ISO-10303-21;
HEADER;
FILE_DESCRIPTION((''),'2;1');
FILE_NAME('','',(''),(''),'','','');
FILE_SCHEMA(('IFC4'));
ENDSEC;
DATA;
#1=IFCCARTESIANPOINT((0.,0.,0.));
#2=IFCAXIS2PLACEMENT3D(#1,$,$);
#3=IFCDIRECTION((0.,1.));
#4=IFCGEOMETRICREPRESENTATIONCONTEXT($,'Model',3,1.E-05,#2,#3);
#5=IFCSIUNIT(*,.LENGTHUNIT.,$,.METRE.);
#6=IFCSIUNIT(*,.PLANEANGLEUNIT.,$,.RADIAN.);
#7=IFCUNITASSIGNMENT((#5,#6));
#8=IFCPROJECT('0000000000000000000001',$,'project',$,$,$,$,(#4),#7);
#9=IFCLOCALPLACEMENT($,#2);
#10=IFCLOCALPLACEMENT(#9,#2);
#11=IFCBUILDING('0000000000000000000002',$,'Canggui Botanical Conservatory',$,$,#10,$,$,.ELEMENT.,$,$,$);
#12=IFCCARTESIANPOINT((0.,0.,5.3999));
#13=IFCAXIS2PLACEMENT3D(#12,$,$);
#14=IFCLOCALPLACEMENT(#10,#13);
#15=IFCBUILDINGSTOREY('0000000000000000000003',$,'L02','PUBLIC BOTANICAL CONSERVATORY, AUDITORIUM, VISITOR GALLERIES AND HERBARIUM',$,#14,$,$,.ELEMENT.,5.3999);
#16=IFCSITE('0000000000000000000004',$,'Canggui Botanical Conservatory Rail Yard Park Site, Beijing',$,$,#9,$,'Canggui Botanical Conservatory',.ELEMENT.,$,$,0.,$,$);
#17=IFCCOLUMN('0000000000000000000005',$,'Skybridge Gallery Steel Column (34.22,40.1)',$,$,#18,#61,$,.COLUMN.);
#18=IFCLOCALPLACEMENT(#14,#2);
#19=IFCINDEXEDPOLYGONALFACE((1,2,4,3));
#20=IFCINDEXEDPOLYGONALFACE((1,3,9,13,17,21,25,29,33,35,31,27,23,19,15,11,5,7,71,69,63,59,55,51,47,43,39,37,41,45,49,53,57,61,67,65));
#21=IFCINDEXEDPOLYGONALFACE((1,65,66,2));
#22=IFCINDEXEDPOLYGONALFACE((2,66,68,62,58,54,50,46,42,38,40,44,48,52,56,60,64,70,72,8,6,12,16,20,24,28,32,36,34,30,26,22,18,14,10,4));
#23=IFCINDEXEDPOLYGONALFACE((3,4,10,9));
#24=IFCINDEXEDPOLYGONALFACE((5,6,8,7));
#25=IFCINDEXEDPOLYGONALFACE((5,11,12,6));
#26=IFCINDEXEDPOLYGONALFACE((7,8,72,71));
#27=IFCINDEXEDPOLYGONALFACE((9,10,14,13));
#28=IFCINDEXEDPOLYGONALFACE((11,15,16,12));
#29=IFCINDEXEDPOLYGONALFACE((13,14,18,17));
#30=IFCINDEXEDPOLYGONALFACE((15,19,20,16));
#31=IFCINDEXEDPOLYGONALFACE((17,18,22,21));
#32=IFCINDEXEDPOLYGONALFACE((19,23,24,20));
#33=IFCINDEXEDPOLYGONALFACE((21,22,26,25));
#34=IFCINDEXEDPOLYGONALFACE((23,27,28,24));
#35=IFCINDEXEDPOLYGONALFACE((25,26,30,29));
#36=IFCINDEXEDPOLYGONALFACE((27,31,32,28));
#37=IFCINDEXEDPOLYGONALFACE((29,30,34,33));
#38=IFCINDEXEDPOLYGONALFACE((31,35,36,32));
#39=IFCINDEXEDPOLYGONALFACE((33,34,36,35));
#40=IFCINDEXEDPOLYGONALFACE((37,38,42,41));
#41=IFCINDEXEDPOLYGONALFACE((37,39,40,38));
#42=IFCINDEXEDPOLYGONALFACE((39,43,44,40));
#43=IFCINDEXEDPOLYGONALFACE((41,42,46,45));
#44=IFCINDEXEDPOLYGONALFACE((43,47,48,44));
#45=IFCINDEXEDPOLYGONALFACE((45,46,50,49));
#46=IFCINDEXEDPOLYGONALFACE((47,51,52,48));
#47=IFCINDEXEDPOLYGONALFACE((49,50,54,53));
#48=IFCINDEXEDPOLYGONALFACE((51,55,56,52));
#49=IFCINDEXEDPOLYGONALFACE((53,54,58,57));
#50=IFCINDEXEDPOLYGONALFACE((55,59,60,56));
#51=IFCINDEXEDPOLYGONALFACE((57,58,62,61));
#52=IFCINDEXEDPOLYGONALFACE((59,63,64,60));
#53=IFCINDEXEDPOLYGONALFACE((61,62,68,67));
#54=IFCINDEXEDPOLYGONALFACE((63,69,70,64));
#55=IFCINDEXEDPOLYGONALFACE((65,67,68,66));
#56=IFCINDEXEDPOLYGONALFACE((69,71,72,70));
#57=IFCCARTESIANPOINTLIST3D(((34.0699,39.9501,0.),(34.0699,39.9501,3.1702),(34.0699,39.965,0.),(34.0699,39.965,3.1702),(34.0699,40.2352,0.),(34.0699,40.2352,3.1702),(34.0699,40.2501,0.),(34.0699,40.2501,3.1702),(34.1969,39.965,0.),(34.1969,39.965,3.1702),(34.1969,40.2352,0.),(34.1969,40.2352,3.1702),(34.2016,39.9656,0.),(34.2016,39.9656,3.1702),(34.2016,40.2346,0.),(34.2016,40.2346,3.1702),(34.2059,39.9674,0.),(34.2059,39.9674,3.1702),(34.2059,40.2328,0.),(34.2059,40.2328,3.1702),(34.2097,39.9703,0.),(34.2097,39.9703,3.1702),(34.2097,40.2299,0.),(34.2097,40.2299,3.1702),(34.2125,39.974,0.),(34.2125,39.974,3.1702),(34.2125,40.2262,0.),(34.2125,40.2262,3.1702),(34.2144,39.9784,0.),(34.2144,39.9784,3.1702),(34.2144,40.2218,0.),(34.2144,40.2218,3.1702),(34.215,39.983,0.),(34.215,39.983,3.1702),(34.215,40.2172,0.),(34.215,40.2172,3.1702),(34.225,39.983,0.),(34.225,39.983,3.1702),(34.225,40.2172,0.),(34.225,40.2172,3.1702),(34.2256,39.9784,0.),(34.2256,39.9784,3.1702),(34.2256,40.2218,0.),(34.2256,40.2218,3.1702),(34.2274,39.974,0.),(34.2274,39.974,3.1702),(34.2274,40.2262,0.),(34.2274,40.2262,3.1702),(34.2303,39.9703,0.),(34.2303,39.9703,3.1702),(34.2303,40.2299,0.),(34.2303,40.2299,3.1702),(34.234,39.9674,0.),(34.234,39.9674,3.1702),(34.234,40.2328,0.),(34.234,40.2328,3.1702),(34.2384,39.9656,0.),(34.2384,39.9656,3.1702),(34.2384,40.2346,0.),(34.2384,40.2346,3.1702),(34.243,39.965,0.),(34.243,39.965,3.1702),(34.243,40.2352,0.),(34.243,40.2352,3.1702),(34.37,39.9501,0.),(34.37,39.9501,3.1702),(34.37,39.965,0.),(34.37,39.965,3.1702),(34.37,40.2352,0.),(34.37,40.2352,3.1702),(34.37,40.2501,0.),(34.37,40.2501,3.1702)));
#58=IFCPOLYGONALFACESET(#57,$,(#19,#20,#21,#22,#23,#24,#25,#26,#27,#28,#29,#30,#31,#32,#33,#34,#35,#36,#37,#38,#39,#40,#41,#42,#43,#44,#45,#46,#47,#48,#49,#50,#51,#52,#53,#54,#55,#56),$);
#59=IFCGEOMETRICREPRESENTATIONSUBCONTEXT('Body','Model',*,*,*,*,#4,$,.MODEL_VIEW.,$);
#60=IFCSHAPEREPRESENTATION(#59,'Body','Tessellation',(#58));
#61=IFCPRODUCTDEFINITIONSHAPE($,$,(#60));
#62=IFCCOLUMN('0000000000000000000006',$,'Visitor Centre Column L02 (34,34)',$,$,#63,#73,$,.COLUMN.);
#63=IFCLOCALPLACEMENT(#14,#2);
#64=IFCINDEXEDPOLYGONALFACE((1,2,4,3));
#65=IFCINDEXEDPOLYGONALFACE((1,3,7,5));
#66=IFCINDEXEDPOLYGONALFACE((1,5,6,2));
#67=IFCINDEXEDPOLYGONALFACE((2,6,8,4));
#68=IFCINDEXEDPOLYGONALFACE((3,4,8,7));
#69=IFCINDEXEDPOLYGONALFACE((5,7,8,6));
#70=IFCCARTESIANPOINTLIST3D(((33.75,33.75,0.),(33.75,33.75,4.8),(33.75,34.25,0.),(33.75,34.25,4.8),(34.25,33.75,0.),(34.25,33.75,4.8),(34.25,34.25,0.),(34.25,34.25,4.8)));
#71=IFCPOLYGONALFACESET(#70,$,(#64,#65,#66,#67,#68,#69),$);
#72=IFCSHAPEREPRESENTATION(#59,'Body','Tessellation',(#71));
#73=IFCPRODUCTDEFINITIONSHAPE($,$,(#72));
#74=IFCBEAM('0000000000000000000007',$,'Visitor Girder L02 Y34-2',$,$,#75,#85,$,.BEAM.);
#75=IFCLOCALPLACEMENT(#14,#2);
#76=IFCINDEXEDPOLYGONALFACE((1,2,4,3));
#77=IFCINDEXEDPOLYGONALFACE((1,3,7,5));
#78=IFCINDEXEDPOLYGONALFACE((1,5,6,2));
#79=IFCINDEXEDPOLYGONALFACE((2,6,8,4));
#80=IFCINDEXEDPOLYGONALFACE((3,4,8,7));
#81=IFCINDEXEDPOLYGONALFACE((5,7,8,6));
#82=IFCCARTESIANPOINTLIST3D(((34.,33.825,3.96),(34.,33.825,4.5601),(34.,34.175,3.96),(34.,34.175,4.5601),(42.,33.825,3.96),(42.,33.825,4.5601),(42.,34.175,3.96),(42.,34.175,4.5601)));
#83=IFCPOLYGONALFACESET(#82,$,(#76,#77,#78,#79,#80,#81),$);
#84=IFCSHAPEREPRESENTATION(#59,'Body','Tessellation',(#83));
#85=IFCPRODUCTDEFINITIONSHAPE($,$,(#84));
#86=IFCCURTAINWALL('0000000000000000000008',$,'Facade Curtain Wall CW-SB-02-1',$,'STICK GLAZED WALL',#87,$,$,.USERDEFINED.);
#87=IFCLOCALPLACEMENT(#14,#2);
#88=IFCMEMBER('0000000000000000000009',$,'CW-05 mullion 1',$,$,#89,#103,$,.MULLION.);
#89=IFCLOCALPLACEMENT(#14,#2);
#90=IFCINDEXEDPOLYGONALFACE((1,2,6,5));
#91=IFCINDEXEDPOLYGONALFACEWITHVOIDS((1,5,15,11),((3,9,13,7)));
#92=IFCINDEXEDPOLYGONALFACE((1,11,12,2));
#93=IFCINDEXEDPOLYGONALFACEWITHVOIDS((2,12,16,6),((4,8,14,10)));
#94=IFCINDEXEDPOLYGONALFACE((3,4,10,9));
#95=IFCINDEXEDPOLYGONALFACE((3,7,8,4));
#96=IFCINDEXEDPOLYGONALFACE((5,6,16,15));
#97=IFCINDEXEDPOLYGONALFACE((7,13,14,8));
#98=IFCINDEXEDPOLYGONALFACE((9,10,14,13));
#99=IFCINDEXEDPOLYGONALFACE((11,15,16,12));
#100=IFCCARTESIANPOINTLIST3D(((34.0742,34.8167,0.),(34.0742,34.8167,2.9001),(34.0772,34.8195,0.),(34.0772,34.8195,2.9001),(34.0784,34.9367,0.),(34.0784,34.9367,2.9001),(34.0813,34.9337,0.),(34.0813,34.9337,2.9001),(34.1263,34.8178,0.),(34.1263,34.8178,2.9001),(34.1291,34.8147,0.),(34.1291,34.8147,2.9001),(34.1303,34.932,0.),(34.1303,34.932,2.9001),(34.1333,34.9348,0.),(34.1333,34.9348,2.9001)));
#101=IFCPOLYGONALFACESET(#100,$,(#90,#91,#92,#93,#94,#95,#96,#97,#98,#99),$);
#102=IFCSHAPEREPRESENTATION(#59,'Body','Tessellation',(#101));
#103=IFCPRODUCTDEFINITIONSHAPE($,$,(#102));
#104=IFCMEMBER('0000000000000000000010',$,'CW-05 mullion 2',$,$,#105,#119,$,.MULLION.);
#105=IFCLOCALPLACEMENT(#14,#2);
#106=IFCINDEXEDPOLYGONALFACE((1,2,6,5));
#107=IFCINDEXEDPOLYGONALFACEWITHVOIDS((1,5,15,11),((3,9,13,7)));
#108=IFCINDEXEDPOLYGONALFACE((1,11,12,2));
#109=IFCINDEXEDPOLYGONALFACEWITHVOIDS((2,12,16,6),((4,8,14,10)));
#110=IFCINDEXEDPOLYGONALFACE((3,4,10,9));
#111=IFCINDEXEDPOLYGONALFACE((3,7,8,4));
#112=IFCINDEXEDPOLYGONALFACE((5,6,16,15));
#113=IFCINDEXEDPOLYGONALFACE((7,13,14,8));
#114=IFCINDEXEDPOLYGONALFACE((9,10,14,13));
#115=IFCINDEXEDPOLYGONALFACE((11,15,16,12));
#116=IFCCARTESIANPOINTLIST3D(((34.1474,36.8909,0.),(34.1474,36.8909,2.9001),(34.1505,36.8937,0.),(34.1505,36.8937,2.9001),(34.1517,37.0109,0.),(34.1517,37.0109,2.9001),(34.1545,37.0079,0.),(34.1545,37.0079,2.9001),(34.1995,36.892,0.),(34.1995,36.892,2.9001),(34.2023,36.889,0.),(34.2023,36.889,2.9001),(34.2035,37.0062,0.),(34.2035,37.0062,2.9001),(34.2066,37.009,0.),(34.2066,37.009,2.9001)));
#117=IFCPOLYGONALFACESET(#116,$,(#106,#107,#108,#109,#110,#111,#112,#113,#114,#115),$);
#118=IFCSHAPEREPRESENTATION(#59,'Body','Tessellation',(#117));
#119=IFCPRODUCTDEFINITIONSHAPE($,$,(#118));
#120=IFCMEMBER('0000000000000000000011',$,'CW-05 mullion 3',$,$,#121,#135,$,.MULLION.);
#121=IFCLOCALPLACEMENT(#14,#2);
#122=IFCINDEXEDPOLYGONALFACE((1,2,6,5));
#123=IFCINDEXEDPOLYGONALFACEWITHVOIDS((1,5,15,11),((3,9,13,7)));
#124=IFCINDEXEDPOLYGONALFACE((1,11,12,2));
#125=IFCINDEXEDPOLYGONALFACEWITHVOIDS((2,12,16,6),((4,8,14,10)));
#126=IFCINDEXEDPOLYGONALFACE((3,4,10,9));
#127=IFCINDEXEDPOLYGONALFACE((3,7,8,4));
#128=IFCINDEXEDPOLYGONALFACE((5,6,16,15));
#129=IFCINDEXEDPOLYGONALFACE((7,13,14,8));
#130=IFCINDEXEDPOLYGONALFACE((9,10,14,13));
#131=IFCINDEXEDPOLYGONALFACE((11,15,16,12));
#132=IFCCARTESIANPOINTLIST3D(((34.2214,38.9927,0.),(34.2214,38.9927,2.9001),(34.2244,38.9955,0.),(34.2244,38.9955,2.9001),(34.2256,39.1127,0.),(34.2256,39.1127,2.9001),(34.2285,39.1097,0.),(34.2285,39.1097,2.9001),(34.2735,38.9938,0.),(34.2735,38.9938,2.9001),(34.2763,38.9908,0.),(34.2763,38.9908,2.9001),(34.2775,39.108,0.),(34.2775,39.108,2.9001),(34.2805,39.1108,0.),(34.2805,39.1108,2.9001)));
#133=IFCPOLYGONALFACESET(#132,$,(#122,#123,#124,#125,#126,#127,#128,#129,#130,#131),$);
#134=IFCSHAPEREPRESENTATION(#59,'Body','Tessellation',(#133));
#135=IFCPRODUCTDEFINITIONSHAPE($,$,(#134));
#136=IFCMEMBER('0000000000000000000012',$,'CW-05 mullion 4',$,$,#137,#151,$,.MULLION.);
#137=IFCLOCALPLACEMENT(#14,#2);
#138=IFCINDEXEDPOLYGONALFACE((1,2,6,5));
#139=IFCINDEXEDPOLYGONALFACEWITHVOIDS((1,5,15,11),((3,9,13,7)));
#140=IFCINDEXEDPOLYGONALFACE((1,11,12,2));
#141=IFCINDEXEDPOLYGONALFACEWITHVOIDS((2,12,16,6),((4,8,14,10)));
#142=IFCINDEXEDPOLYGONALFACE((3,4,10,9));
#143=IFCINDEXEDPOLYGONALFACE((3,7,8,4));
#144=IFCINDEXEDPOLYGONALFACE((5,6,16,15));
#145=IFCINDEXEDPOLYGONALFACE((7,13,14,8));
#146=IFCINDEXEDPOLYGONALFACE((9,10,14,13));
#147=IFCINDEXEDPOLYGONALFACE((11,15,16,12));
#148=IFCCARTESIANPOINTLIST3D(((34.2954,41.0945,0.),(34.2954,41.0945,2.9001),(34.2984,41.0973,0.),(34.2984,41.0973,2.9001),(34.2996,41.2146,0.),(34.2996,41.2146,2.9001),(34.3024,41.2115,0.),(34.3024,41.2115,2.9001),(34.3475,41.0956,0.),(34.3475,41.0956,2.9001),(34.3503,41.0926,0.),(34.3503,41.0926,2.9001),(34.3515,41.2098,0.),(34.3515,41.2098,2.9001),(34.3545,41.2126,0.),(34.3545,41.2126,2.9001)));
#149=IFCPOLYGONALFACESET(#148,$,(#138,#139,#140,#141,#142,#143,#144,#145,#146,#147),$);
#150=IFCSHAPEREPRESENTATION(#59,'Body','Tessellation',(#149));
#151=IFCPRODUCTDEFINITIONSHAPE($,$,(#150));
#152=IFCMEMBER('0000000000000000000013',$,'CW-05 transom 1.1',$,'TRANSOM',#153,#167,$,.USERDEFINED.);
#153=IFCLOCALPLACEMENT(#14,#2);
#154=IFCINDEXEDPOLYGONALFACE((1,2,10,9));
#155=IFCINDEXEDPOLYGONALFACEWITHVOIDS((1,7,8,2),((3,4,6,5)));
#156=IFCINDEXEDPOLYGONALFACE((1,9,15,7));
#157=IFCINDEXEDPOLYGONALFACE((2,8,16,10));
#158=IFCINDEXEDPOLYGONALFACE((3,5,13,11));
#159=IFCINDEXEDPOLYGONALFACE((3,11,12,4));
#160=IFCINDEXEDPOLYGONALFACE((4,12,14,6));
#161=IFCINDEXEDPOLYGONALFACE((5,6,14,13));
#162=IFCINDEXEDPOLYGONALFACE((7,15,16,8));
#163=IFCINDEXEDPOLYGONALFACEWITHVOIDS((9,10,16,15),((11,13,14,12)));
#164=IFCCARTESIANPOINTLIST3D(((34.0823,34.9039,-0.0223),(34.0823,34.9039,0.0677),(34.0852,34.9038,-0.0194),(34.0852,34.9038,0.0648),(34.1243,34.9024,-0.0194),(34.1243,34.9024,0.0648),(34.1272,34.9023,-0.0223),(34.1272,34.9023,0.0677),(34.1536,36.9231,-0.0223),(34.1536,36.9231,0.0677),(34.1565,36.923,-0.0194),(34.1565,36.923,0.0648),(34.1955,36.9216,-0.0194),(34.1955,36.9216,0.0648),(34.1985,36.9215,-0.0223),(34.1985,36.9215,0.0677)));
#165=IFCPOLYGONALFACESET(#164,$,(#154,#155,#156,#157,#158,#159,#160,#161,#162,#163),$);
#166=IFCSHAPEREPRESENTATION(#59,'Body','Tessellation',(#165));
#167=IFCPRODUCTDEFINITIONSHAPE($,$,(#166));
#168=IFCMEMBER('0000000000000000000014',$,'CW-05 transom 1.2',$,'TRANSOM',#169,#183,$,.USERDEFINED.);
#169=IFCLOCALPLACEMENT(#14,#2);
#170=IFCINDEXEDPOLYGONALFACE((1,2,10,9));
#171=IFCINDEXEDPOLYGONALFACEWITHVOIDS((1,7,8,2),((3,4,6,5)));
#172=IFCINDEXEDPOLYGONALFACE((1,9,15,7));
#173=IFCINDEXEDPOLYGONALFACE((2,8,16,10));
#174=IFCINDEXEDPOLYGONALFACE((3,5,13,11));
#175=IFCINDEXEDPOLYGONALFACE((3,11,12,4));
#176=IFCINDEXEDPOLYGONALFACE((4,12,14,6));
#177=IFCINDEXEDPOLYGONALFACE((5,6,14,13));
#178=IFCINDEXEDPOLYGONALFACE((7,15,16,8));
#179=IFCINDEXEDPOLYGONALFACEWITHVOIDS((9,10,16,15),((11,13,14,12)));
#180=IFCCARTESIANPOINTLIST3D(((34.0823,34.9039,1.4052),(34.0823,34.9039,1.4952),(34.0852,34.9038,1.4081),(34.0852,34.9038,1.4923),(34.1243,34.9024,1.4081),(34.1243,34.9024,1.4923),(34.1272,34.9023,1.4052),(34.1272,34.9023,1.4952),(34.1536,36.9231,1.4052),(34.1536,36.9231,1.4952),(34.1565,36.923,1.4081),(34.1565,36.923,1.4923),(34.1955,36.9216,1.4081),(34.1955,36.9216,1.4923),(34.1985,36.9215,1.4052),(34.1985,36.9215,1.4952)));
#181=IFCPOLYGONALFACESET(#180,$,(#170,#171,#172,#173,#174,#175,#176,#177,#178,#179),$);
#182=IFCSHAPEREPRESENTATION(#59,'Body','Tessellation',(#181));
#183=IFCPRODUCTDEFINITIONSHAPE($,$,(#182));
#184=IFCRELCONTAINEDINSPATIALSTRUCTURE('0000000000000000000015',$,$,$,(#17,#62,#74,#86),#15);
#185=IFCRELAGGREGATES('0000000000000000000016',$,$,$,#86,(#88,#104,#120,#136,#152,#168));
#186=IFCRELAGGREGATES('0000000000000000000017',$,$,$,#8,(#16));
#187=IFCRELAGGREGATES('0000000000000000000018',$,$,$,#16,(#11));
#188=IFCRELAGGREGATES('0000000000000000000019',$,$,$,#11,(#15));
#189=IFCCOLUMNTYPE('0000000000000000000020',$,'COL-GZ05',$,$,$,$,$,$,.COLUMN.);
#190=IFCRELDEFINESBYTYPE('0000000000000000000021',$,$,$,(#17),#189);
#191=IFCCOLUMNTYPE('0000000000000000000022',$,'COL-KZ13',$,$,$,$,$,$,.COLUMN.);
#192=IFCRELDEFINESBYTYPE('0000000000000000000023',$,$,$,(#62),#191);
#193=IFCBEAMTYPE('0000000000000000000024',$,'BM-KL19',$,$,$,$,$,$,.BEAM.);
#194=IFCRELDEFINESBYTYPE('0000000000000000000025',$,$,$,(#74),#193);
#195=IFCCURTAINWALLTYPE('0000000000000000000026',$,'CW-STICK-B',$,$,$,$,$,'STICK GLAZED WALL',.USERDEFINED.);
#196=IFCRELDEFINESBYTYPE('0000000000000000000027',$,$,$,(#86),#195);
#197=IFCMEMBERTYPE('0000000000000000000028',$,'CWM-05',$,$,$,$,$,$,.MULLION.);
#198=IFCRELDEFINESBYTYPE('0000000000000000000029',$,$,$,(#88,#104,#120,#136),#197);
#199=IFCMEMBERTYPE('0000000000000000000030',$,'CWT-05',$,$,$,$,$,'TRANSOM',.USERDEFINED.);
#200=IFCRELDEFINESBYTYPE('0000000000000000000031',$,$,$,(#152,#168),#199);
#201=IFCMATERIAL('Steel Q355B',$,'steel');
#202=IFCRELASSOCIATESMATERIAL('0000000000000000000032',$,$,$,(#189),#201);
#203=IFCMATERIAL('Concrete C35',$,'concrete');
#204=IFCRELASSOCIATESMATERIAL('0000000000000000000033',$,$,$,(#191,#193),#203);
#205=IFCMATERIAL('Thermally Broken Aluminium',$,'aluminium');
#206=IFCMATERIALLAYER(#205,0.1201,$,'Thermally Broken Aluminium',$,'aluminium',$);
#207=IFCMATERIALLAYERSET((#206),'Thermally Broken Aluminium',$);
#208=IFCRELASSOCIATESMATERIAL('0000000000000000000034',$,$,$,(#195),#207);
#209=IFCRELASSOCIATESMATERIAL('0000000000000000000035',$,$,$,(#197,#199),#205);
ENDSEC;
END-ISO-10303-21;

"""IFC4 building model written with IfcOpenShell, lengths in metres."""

from ifc_helpers import new_model, si_unit, direction, frame, origin, origin_2d, place, context, subcontext, project, spatial, rectangle, hollow_rectangle, i_section, extrude, material, layer, layer_set, material_profile, profile_set, type_object, element, aggregate, save


model = new_model("IFC4")

# Units and contexts
model_context = context("Model", 3, precision=1e-05, world=origin(), true_north=direction((0.0, 1.0)))
body_context = subcontext(model_context, "Body", "Model", "MODEL_VIEW")
ifc_project = project(units=[si_unit("LENGTHUNIT", "METRE"), si_unit("PLANEANGLEUNIT", "RADIAN")], contexts=[model_context])

# Site, building, storey
site_placement = place(None, origin())
site = spatial("IfcSite", under=ifc_project, at=site_placement, Name="Canggui Botanical Conservatory Rail Yard Park Site, Beijing", LongName="Canggui Botanical Conservatory", CompositionType="ELEMENT", RefElevation=0.0)
building_placement = place(site_placement, origin())
building = spatial("IfcBuilding", under=site, at=building_placement, Name="Canggui Botanical Conservatory", CompositionType="ELEMENT")
storey_placement = place(building_placement, frame((0.0, 0.0, 5.3999)))
storey = spatial("IfcBuildingStorey", under=building, at=storey_placement, Name="L02", Description="PUBLIC BOTANICAL CONSERVATORY, AUDITORIUM, VISITOR GALLERIES AND HERBARIUM", CompositionType="ELEMENT", Elevation=5.3999)

# Columns
ifc_material_1 = material(Name="Steel Q355B", Category="steel")
ifc_material_profile_1 = material_profile(ifc_material_1, i_section(OverallWidth=0.3, OverallDepth=0.3, WebThickness=0.01, FlangeThickness=0.0149, FilletRadius=0.0181, at=origin_2d()), Name="HW 300x300x10x15")
ifc_profile_set_1 = profile_set([ifc_material_profile_1], Name="Steel Q355B")
column_type_1 = type_object("IfcColumnType", Name="COL-GZ05", PredefinedType="COLUMN", material=ifc_profile_set_1)
column_1_placement = place(storey_placement, frame((34.22, 40.1001, 0.0), z_axis=(0.0, 0.0, 1.0), x_axis=(1.0, 0.0, 0.0)))
element("IfcColumn", 1, at=column_1_placement, inside=storey, type_object=column_type_1, Name="Skybridge Gallery Steel Column (34.22,40.1)", PredefinedType="COLUMN", context=body_context, shape_type="SweptSolid", body=[
    extrude(i_section(OverallWidth=0.3, OverallDepth=0.3, WebThickness=0.01, FlangeThickness=0.0149, FilletRadius=0.0181, at=origin_2d()), origin(), (0.0, 0.0, 1.0), 3.1702),
])
ifc_material_2 = material(Name="Concrete C35", Category="concrete")
ifc_material_profile_2 = material_profile(ifc_material_2, rectangle(XDim=0.5, YDim=0.5, at=origin_2d()), Name="RC 500x500")
ifc_profile_set_2 = profile_set([ifc_material_profile_2], Name="Concrete C35")
column_type_2 = type_object("IfcColumnType", Name="COL-KZ13", PredefinedType="COLUMN", material=ifc_profile_set_2)
column_2_placement = place(storey_placement, frame((34.0, 34.0, 0.0), z_axis=(0.0, 0.0, 1.0), x_axis=(1.0, 0.0, 0.0)))
element("IfcColumn", 2, at=column_2_placement, inside=storey, type_object=column_type_2, Name="Visitor Centre Column L02 (34,34)", PredefinedType="COLUMN", context=body_context, shape_type="SweptSolid", body=[
    extrude(rectangle(XDim=0.5, YDim=0.5, at=origin_2d()), origin(), (0.0, 0.0, 1.0), 4.8),
])

# Beam
ifc_material_profile_3 = material_profile(ifc_material_2, rectangle(XDim=0.3501, YDim=0.6001, at=origin_2d()), Name="RB 350x600")
ifc_profile_set_3 = profile_set([ifc_material_profile_3], Name="Concrete C35")
beam_type = type_object("IfcBeamType", Name="BM-KL19", PredefinedType="BEAM", material=ifc_profile_set_3)
beam_placement = place(storey_placement, frame((34.0, 34.0, 4.26), z_axis=(1.0, 0.0, 0.0), x_axis=(0.0, 1.0, 0.0)))
element("IfcBeam", 3, at=beam_placement, inside=storey, type_object=beam_type, Name="Visitor Girder L02 Y34-2", PredefinedType="BEAM", context=body_context, shape_type="SweptSolid", body=[
    extrude(rectangle(XDim=0.3501, YDim=0.6001, at=origin_2d()), origin(), (0.0, 0.0, 1.0), 8.0),
])

# Curtain wall, members
ifc_material_3 = material(Name="Thermally Broken Aluminium", Category="aluminium")
ifc_layer_1 = layer(ifc_material_3, 0.1201, Name="Thermally Broken Aluminium", Category="aluminium")
ifc_layer_set_1 = layer_set([ifc_layer_1], Name="Thermally Broken Aluminium")
curtain_wall_type = type_object("IfcCurtainWallType", Name="CW-STICK-B", ElementType="STICK GLAZED WALL", PredefinedType="USERDEFINED", material=ifc_layer_set_1)
curtain_wall_placement = place(storey_placement, origin())
curtain_wall = element("IfcCurtainWall", 4, at=curtain_wall_placement, inside=storey, type_object=curtain_wall_type, Name="Facade Curtain Wall CW-SB-02-1", ObjectType="STICK GLAZED WALL", PredefinedType="USERDEFINED")
ifc_material_profile_4 = material_profile(ifc_material_3, hollow_rectangle(XDim=0.0549, YDim=0.1201, WallThickness=0.0029, at=origin_2d()), Name="CWM 55x120x3")
ifc_profile_set_4 = profile_set([ifc_material_profile_4], Name="Thermally Broken Aluminium")
member_type_1 = type_object("IfcMemberType", Name="CWM-05", PredefinedType="MULLION", material=ifc_profile_set_4)
member_1_placement = place(storey_placement, frame((34.1038, 34.8757, 0.0), z_axis=(0.0, 0.0, 1.0), x_axis=(-0.99938, 0.035206, 0.0)))
member_1 = element("IfcMember", 5, at=member_1_placement, type_object=member_type_1, Name="CW-05 mullion 1", PredefinedType="MULLION", context=body_context, shape_type="SweptSolid", body=[
    extrude(hollow_rectangle(XDim=0.0549, YDim=0.1201, WallThickness=0.0029, at=origin_2d()), origin(), (0.0, 0.0, 1.0), 2.9001),
])
member_2_placement = place(storey_placement, frame((34.177, 36.95, 0.0), z_axis=(0.0, 0.0, 1.0), x_axis=(-0.99938, 0.035206, 0.0)))
member_2 = element("IfcMember", 6, at=member_2_placement, type_object=member_type_1, Name="CW-05 mullion 2", PredefinedType="MULLION", context=body_context, shape_type="SweptSolid", body=[
    extrude(hollow_rectangle(XDim=0.0549, YDim=0.1201, WallThickness=0.0029, at=origin_2d()), origin(), (0.0, 0.0, 1.0), 2.9001),
])
member_3_placement = place(storey_placement, frame((34.251, 39.0518, 0.0), z_axis=(0.0, 0.0, 1.0), x_axis=(-0.99938, 0.035206, 0.0)))
member_3 = element("IfcMember", 7, at=member_3_placement, type_object=member_type_1, Name="CW-05 mullion 3", PredefinedType="MULLION", context=body_context, shape_type="SweptSolid", body=[
    extrude(hollow_rectangle(XDim=0.0549, YDim=0.1201, WallThickness=0.0029, at=origin_2d()), origin(), (0.0, 0.0, 1.0), 2.9001),
])
member_4_placement = place(storey_placement, frame((34.325, 41.1536, 0.0), z_axis=(0.0, 0.0, 1.0), x_axis=(-0.99938, 0.035206, 0.0)))
member_4 = element("IfcMember", 8, at=member_4_placement, type_object=member_type_1, Name="CW-05 mullion 4", PredefinedType="MULLION", context=body_context, shape_type="SweptSolid", body=[
    extrude(hollow_rectangle(XDim=0.0549, YDim=0.1201, WallThickness=0.0029, at=origin_2d()), origin(), (0.0, 0.0, 1.0), 2.9001),
])
ifc_material_profile_5 = material_profile(ifc_material_3, hollow_rectangle(XDim=0.0449, YDim=0.0901, WallThickness=0.0029, at=origin_2d()), Name="CWT 45x90x3")
ifc_profile_set_5 = profile_set([ifc_material_profile_5], Name="Thermally Broken Aluminium")
member_type_2 = type_object("IfcMemberType", Name="CWT-05", ElementType="TRANSOM", PredefinedType="USERDEFINED", material=ifc_profile_set_5)
member_5_placement = place(storey_placement, frame((34.1047, 34.9031, 0.0227), z_axis=(0.035282, 0.999377, 0.0), x_axis=(-0.999377, 0.035282, 0.0)))
member_5 = element("IfcMember", 9, at=member_5_placement, type_object=member_type_2, Name="CW-05 transom 1.1", ObjectType="TRANSOM", PredefinedType="USERDEFINED", context=body_context, shape_type="SweptSolid", body=[
    extrude(hollow_rectangle(XDim=0.0449, YDim=0.0901, WallThickness=0.0029, at=origin_2d()), origin(), (0.0, 0.0, 1.0), 2.0205),
])
member_6_placement = place(storey_placement, frame((34.1047, 34.9031, 1.4502), z_axis=(0.035282, 0.999377, 0.0), x_axis=(-0.999377, 0.035282, 0.0)))
member_6 = element("IfcMember", 10, at=member_6_placement, type_object=member_type_2, Name="CW-05 transom 1.2", ObjectType="TRANSOM", PredefinedType="USERDEFINED", context=body_context, shape_type="SweptSolid", body=[
    extrude(hollow_rectangle(XDim=0.0449, YDim=0.0901, WallThickness=0.0029, at=origin_2d()), origin(), (0.0, 0.0, 1.0), 2.0205),
])

aggregate(curtain_wall, [member_1, member_2, member_3, member_4, member_5, member_6])

save(model, "model.ifc")
